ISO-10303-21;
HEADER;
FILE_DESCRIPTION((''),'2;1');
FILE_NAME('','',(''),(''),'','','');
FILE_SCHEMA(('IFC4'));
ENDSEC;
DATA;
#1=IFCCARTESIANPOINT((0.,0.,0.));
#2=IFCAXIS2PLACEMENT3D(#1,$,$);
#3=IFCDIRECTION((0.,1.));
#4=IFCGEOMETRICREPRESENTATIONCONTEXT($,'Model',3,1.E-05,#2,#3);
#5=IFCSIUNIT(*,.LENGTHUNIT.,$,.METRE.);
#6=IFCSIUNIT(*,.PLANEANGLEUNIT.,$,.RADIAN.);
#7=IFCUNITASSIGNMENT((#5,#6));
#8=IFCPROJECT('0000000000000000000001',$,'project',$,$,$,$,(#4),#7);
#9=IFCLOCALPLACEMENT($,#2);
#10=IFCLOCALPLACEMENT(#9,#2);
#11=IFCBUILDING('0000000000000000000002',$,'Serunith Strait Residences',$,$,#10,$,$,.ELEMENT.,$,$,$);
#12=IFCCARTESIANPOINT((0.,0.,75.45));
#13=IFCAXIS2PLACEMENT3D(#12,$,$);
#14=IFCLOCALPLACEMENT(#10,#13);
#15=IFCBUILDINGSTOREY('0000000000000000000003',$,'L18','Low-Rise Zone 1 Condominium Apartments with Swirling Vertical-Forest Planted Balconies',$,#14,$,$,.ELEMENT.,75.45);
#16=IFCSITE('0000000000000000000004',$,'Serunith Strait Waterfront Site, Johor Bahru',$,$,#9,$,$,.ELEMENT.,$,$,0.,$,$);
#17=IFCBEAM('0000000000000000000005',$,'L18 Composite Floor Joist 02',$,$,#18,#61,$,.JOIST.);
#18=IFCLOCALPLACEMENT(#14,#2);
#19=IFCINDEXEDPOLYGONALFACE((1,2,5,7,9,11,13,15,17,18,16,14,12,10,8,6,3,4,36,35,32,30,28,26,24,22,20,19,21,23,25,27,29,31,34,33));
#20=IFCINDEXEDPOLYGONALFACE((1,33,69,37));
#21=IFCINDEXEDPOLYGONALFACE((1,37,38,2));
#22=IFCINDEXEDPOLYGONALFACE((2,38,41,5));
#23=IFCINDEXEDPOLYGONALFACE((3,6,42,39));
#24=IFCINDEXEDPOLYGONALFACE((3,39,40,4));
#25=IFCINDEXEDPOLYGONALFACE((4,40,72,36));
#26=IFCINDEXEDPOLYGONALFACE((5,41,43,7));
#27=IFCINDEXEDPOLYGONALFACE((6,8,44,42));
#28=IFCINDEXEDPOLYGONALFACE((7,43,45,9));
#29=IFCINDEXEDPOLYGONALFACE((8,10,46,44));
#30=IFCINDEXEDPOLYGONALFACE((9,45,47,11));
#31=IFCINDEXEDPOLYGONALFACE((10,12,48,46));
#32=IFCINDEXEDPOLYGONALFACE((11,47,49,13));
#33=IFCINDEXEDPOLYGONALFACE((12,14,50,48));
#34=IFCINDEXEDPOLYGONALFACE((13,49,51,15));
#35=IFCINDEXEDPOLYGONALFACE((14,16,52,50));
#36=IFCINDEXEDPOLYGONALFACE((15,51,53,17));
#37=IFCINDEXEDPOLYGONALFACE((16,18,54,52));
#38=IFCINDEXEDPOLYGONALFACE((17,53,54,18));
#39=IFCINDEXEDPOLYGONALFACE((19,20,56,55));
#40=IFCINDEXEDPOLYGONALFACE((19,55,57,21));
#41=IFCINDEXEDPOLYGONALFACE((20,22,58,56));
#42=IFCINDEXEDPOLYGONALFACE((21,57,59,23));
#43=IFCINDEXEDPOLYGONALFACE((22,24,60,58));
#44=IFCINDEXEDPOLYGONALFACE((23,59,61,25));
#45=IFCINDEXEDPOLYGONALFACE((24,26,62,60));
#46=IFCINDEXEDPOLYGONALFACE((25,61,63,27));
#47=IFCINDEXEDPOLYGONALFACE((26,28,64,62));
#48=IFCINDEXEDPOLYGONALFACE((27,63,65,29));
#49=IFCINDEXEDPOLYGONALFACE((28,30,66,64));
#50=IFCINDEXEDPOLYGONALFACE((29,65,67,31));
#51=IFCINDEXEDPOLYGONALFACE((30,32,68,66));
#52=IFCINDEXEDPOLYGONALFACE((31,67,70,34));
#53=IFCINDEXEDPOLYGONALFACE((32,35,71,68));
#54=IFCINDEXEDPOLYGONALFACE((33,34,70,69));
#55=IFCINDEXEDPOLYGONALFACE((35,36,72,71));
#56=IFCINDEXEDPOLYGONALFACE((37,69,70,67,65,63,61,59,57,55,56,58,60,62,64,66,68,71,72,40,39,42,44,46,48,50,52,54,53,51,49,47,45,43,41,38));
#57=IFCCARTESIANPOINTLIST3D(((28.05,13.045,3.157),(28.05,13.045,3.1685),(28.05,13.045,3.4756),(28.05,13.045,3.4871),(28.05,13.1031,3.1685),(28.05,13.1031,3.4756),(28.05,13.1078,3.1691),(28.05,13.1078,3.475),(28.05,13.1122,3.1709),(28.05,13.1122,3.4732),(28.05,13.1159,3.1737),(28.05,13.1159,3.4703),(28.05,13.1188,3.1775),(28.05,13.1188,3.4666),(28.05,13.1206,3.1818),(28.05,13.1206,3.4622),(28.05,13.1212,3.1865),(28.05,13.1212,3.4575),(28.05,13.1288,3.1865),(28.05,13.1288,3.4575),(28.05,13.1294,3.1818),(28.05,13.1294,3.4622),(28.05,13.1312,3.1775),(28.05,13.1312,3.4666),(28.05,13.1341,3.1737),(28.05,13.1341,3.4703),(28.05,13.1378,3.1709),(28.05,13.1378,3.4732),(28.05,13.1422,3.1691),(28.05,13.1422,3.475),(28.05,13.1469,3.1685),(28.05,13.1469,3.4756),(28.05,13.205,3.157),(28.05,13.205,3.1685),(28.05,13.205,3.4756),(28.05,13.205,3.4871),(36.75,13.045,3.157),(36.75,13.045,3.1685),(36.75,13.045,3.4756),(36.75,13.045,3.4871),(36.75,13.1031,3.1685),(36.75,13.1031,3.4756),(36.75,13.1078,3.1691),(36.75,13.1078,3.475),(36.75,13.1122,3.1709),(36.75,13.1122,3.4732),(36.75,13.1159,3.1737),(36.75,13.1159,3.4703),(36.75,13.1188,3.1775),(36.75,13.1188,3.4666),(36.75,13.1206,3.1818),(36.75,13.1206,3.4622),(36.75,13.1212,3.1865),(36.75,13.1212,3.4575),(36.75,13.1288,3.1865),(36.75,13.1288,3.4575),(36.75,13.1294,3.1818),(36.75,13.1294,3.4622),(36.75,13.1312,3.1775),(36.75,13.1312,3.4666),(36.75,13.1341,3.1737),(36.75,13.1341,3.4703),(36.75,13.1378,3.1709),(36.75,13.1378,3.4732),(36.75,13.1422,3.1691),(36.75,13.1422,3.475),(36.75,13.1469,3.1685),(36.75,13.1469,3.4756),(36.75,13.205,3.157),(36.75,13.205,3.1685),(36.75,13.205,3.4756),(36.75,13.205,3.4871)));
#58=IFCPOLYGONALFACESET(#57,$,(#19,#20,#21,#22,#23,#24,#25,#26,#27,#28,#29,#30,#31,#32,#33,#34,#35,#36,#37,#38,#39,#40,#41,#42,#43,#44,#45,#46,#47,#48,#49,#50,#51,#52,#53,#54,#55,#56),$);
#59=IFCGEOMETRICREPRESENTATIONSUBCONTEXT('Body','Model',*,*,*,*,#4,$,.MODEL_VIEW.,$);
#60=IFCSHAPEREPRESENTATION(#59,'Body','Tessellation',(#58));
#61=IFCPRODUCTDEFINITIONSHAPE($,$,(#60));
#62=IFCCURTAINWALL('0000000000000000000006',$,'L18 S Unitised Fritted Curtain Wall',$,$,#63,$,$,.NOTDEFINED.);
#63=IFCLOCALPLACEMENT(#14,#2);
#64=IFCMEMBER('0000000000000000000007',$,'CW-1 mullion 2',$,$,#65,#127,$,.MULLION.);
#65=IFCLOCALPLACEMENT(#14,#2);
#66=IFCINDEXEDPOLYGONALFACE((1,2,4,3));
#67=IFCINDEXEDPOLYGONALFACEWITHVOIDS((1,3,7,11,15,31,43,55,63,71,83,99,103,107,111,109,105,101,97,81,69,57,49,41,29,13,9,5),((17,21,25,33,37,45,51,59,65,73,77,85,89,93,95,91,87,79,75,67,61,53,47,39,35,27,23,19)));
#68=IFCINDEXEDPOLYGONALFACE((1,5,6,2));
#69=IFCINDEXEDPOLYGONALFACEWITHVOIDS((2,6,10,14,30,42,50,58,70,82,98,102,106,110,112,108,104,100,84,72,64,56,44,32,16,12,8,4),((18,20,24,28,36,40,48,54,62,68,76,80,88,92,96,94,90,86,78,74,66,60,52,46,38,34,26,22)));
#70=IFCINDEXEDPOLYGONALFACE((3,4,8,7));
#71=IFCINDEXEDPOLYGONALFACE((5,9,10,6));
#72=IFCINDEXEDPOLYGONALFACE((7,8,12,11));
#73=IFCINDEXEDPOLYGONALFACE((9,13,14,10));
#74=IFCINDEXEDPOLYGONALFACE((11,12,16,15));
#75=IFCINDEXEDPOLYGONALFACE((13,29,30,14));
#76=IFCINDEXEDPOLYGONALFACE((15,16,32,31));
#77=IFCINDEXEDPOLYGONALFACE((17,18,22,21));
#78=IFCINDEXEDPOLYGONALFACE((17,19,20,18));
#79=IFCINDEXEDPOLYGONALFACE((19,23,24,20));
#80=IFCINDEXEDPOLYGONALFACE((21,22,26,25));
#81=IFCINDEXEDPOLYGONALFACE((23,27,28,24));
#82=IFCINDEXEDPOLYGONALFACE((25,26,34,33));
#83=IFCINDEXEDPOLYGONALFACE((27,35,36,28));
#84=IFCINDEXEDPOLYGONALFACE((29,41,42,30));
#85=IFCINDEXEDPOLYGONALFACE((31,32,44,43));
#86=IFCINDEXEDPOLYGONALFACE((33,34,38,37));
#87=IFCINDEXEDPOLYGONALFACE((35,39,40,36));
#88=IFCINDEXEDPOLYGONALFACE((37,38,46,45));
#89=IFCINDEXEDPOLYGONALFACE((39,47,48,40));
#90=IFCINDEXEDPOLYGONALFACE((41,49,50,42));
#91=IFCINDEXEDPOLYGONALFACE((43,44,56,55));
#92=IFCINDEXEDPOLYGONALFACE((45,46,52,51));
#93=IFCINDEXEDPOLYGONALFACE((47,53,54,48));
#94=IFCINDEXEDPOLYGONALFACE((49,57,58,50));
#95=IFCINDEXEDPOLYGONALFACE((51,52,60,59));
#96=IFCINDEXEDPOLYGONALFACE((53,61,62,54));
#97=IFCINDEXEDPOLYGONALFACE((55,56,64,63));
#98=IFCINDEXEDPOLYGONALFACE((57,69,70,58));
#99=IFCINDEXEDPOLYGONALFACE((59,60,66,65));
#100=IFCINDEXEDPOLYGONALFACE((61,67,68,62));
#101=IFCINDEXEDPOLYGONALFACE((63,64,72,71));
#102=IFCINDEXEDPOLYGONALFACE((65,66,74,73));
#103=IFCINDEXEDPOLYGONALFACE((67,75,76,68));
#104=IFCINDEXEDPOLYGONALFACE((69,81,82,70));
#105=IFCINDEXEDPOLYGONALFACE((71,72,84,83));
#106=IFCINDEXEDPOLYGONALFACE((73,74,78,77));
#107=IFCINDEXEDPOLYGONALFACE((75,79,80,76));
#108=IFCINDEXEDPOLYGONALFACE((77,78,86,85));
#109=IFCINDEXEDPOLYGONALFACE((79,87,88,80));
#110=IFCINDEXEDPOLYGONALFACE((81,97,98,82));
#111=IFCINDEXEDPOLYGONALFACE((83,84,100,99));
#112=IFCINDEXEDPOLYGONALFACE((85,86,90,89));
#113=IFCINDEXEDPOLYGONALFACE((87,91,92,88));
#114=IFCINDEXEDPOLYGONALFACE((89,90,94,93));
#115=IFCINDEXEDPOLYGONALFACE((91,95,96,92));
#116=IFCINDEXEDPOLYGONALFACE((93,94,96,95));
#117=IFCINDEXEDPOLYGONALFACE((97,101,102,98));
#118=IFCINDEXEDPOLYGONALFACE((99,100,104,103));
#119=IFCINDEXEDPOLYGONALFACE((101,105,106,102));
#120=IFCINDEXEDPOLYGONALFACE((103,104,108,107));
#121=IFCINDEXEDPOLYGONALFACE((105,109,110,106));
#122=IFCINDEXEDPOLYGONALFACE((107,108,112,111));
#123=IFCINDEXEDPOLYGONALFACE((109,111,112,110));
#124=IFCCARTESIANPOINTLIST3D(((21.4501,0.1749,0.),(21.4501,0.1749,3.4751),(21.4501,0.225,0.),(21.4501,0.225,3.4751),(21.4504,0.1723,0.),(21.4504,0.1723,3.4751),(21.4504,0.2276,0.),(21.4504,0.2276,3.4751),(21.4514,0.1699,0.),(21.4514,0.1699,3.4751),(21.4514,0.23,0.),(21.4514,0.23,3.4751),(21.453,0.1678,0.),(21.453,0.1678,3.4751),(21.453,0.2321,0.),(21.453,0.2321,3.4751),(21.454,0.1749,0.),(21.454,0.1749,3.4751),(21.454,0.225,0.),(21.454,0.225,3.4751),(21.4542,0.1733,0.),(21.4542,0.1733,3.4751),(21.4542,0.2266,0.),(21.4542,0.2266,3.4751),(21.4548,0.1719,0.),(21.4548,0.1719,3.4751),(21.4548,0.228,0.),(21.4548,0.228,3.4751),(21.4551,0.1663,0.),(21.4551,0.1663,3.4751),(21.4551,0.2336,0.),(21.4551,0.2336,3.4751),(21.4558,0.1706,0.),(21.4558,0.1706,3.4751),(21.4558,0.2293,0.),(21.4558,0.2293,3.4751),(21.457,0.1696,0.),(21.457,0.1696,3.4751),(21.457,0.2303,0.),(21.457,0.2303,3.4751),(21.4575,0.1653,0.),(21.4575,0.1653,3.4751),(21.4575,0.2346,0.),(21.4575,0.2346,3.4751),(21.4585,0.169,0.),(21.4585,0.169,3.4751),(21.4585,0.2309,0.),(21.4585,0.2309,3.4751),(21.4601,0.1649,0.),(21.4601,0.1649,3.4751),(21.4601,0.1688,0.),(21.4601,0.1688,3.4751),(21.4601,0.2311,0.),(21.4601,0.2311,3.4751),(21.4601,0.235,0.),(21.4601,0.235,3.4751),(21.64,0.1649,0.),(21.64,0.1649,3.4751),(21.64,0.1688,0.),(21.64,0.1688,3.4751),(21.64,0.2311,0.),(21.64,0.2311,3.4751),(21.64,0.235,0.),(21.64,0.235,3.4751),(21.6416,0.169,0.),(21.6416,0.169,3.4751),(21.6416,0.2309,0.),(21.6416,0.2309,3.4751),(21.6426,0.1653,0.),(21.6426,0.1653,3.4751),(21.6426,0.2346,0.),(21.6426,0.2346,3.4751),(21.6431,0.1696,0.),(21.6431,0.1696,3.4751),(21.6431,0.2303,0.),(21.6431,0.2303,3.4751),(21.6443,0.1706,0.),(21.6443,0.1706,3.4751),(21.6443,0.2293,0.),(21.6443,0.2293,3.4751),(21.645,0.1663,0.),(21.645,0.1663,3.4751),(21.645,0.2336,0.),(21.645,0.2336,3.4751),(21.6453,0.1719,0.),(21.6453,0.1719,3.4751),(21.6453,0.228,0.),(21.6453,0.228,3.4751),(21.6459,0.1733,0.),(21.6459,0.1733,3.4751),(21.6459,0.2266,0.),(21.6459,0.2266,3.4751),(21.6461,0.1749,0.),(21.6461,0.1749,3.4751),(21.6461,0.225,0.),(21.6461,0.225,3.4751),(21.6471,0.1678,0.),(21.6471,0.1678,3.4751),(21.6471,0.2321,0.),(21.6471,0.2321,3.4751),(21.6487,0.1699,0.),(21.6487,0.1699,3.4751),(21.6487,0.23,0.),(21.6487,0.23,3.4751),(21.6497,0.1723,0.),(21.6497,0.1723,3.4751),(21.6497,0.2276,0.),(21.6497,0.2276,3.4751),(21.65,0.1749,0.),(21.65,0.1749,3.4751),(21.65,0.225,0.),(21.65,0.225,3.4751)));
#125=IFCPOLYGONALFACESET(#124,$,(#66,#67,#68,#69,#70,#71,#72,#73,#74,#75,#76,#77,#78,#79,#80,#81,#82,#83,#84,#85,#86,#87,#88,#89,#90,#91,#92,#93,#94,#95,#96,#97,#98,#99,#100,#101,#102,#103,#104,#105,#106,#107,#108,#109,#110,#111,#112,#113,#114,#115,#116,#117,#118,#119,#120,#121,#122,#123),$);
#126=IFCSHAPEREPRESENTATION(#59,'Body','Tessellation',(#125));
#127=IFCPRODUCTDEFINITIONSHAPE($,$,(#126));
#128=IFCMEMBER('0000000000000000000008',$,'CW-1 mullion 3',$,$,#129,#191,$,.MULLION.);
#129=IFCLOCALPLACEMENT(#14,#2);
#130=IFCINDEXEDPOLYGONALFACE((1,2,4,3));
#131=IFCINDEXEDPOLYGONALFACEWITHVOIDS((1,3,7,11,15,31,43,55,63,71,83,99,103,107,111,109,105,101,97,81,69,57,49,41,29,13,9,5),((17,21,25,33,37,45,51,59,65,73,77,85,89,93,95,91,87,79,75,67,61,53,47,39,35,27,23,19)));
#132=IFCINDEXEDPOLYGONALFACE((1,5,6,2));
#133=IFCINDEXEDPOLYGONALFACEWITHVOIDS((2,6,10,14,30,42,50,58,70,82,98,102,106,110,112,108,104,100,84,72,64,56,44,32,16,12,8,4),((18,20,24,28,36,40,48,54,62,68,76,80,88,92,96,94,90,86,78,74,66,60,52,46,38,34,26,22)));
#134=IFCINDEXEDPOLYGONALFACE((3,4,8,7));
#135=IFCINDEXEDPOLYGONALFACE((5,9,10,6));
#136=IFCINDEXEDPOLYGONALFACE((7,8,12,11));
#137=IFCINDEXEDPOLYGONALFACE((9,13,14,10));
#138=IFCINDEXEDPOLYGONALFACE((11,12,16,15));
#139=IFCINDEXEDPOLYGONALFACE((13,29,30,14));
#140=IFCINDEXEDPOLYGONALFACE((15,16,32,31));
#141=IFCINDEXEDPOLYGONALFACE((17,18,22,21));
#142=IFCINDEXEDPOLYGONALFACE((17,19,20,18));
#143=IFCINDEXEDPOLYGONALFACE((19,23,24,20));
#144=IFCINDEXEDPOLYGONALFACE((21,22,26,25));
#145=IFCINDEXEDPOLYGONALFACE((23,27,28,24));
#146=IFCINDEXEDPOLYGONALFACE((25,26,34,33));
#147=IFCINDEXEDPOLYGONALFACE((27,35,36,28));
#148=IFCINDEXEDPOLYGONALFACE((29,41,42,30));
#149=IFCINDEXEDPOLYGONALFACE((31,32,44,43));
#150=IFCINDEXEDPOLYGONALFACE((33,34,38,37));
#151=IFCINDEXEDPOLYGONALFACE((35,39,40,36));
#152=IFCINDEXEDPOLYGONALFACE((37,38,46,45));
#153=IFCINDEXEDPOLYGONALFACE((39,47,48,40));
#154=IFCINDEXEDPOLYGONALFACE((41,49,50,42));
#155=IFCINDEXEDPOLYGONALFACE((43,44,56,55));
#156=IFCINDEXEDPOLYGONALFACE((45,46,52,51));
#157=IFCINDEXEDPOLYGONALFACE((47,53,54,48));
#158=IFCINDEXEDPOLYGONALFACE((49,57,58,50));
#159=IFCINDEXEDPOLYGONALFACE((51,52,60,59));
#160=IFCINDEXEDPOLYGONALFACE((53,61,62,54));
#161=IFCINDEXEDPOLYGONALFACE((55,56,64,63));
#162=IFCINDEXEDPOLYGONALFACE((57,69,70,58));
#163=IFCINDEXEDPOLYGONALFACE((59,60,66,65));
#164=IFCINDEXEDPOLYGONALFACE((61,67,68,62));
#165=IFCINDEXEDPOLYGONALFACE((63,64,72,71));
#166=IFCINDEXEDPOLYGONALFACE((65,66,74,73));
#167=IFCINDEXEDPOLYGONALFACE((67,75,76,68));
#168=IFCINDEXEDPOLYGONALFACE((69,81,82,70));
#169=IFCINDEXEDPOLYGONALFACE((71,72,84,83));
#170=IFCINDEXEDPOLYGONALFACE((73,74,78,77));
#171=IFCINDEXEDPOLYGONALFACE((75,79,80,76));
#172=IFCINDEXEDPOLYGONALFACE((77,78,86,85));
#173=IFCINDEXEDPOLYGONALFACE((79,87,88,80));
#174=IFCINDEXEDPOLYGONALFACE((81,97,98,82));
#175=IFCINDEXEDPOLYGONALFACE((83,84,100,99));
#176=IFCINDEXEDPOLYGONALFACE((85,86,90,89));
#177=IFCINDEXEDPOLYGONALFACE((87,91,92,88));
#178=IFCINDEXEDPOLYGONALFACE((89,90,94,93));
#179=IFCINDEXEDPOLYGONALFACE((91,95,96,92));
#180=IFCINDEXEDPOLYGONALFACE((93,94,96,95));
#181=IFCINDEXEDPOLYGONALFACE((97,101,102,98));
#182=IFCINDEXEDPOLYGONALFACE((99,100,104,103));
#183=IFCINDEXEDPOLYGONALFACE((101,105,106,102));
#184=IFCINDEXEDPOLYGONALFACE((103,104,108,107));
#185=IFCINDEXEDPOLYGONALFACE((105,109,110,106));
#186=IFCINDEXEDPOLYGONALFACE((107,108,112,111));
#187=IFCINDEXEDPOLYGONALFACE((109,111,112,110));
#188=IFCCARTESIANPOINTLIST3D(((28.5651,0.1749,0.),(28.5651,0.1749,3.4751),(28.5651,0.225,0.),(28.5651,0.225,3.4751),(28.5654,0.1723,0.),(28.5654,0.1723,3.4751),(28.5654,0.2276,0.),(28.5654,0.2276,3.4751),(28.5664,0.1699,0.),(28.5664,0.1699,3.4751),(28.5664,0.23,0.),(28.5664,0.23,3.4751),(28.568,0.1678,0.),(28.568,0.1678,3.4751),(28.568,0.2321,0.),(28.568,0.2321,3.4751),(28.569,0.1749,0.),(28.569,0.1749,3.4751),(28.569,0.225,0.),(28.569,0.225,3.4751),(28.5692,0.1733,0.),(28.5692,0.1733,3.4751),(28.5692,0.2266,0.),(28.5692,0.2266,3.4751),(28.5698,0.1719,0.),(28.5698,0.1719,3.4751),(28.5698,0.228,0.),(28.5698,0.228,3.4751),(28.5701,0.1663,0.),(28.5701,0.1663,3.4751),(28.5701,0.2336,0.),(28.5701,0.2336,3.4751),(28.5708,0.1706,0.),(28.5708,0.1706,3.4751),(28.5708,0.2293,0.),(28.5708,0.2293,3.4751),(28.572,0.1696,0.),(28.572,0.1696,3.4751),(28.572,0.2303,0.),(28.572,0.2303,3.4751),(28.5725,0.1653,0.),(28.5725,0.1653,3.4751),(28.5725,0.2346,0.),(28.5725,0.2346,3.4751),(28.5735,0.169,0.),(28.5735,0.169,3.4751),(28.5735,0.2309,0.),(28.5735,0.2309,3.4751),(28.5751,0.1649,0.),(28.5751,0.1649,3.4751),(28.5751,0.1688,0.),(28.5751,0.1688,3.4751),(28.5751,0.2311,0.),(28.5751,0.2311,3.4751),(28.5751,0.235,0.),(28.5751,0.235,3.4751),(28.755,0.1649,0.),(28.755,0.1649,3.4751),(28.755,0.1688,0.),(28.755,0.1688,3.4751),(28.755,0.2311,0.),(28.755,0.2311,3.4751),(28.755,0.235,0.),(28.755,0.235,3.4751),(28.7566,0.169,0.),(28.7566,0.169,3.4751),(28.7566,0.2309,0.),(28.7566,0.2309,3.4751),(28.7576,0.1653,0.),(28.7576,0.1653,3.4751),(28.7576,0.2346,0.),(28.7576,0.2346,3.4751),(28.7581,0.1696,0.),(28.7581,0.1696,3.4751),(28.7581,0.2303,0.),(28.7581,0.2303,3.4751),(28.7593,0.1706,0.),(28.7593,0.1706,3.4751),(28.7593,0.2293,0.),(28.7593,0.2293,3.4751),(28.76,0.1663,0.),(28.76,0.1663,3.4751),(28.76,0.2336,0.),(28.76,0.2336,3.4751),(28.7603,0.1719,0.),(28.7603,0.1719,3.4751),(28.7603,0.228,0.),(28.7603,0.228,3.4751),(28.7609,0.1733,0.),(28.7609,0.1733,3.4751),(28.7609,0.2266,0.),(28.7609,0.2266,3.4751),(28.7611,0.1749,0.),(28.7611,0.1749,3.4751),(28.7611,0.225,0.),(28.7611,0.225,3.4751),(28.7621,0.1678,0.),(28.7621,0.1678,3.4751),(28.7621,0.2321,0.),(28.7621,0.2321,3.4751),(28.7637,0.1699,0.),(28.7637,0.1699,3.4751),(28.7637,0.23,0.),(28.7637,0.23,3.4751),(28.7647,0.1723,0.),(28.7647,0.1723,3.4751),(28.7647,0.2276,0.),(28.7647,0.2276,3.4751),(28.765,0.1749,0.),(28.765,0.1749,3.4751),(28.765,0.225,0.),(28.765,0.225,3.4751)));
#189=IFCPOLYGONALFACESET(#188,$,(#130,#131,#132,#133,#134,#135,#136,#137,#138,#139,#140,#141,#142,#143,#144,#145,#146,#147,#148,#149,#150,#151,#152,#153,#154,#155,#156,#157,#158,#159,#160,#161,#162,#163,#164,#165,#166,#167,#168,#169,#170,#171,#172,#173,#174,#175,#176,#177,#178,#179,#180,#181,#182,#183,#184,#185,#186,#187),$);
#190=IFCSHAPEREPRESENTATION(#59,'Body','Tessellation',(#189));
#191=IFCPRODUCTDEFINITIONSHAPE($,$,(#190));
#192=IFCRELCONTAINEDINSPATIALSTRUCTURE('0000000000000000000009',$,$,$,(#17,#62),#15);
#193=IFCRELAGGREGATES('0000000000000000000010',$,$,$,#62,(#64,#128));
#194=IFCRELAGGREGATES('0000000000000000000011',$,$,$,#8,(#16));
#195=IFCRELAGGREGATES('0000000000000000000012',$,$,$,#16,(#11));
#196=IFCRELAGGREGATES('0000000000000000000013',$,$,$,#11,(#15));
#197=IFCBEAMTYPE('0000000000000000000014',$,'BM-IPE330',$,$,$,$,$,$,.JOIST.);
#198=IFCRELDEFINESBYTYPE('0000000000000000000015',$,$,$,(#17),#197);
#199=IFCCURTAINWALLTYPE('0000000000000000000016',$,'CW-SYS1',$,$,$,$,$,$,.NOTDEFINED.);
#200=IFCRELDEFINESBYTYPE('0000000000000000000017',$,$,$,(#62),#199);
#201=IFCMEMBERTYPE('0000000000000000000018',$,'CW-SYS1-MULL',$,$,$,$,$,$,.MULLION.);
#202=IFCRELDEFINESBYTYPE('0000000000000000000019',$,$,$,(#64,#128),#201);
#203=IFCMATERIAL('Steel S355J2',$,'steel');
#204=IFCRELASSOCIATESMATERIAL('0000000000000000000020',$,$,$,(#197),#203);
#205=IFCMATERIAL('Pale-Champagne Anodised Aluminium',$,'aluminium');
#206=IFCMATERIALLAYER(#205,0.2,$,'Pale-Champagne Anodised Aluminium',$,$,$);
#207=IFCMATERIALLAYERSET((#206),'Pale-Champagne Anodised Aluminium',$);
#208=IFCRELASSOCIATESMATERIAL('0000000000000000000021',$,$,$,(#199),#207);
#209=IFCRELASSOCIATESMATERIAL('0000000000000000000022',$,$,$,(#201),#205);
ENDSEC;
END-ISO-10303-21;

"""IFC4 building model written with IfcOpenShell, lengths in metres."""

from ifc_helpers import new_model, si_unit, direction, frame, origin, origin_2d, place, context, subcontext, project, spatial, hollow_rectangle, i_section, extrude, source, transform, mapped, material, layer, layer_set, material_profile, profile_set, type_object, element, aggregate, save


model = new_model("IFC4")

# Units and contexts
model_context = context("Model", 3, precision=1e-05, world=origin(), true_north=direction((0.0, 1.0)))
body_context = subcontext(model_context, "Body", "Model", "MODEL_VIEW")
ifc_project = project(units=[si_unit("LENGTHUNIT", "METRE"), si_unit("PLANEANGLEUNIT", "RADIAN")], contexts=[model_context])

# Site, building, storey
site_placement = place(None, origin())
site = spatial("IfcSite", under=ifc_project, at=site_placement, Name="Serunith Strait Waterfront Site, Johor Bahru", CompositionType="ELEMENT", RefElevation=0.0)
building_placement = place(site_placement, origin())
building = spatial("IfcBuilding", under=site, at=building_placement, Name="Serunith Strait Residences", CompositionType="ELEMENT")
storey_placement = place(building_placement, frame((0.0, 0.0, 75.45)))
storey = spatial("IfcBuildingStorey", under=building, at=storey_placement, Name="L18", Description="Low-Rise Zone 1 Condominium Apartments with Swirling Vertical-Forest Planted Balconies", CompositionType="ELEMENT", Elevation=75.45)

# Beam
ifc_material_1 = material(Name="Steel S355J2", Category="steel")
ifc_material_profile_1 = material_profile(ifc_material_1, i_section(OverallWidth=0.1599, OverallDepth=0.3301, WebThickness=0.0076, FlangeThickness=0.0115, FilletRadius=0.0181, at=origin_2d()), Name="IPE 330")
ifc_profile_set_1 = profile_set([ifc_material_profile_1], Name="Steel S355J2")
beam_type_1 = type_object("IfcBeamType", Name="BM-IPE330", PredefinedType="JOIST", material=ifc_profile_set_1)
shared_shape_1 = source(origin(), body_context, "Body", "SweptSolid", [
    extrude(i_section(OverallWidth=0.1599, OverallDepth=0.3301, WebThickness=0.0076, FlangeThickness=0.0115, FilletRadius=0.0181, at=origin_2d()), origin(), (0.0, 0.0, 1.0), 8.7),
])
beam_1_placement = place(storey_placement, frame((28.05, 13.125, 3.322), z_axis=(1.0, 0.0, 0.0), x_axis=(0.0, 1.0, 0.0)))
element("IfcBeam", 1, at=beam_1_placement, inside=storey, type_object=beam_type_1, Name="L18 Composite Floor Joist 02", PredefinedType="JOIST", context=body_context, shape_type="MappedRepresentation", body=[
    mapped(shared_shape_1, transform((0.0, 0.0, 0.0), scale=1.0)),
])

# Curtain wall, members
ifc_material_2 = material(Name="Pale-Champagne Anodised Aluminium", Category="aluminium")
ifc_layer_1 = layer(ifc_material_2, 0.2, Name="Pale-Champagne Anodised Aluminium")
ifc_layer_set_1 = layer_set([ifc_layer_1], Name="Pale-Champagne Anodised Aluminium")
curtain_wall_type = type_object("IfcCurtainWallType", Name="CW-SYS1", PredefinedType="NOTDEFINED", material=ifc_layer_set_1)
curtain_wall_placement = place(storey_placement, origin())
curtain_wall = element("IfcCurtainWall", 2, at=curtain_wall_placement, inside=storey, type_object=curtain_wall_type, Name="L18 S Unitised Fritted Curtain Wall", PredefinedType="NOTDEFINED")
ifc_material_profile_2 = material_profile(ifc_material_2, hollow_rectangle(XDim=0.0701, YDim=0.2, WallThickness=0.0039, InnerFilletRadius=0.0061, OuterFilletRadius=0.01, at=origin_2d()), Name="ALU 200x70x4")
ifc_profile_set_2 = profile_set([ifc_material_profile_2], Name="Pale-Champagne Anodised Aluminium")
member_type_1 = type_object("IfcMemberType", Name="CW-SYS1-MULL", PredefinedType="MULLION", material=ifc_profile_set_2)
shared_shape_2 = source(origin(), body_context, "Body", "SweptSolid", [
    extrude(hollow_rectangle(XDim=0.0701, YDim=0.2, WallThickness=0.0039, InnerFilletRadius=0.0061, OuterFilletRadius=0.01, at=origin_2d()), origin(), (0.0, 0.0, 1.0), 3.4751),
])
member_1_placement = place(storey_placement, frame((21.55, 0.2, 0.0), z_axis=(0.0, 0.0, 1.0), x_axis=(0.0, 1.0, 0.0)))
member_1 = element("IfcMember", 3, at=member_1_placement, type_object=member_type_1, Name="CW-1 mullion 2", PredefinedType="MULLION", context=body_context, shape_type="MappedRepresentation", body=[
    mapped(shared_shape_2, transform((0.0, 0.0, 0.0), scale=1.0)),
])
member_2_placement = place(storey_placement, frame((28.665, 0.2, 0.0), z_axis=(0.0, 0.0, 1.0), x_axis=(0.0, 1.0, 0.0)))
member_2 = element("IfcMember", 4, at=member_2_placement, type_object=member_type_1, Name="CW-1 mullion 3", PredefinedType="MULLION", context=body_context, shape_type="MappedRepresentation", body=[
    mapped(shared_shape_2, transform((0.0, 0.0, 0.0), scale=1.0)),
])
aggregate(curtain_wall, [member_1, member_2])

save(model, "model.ifc")
